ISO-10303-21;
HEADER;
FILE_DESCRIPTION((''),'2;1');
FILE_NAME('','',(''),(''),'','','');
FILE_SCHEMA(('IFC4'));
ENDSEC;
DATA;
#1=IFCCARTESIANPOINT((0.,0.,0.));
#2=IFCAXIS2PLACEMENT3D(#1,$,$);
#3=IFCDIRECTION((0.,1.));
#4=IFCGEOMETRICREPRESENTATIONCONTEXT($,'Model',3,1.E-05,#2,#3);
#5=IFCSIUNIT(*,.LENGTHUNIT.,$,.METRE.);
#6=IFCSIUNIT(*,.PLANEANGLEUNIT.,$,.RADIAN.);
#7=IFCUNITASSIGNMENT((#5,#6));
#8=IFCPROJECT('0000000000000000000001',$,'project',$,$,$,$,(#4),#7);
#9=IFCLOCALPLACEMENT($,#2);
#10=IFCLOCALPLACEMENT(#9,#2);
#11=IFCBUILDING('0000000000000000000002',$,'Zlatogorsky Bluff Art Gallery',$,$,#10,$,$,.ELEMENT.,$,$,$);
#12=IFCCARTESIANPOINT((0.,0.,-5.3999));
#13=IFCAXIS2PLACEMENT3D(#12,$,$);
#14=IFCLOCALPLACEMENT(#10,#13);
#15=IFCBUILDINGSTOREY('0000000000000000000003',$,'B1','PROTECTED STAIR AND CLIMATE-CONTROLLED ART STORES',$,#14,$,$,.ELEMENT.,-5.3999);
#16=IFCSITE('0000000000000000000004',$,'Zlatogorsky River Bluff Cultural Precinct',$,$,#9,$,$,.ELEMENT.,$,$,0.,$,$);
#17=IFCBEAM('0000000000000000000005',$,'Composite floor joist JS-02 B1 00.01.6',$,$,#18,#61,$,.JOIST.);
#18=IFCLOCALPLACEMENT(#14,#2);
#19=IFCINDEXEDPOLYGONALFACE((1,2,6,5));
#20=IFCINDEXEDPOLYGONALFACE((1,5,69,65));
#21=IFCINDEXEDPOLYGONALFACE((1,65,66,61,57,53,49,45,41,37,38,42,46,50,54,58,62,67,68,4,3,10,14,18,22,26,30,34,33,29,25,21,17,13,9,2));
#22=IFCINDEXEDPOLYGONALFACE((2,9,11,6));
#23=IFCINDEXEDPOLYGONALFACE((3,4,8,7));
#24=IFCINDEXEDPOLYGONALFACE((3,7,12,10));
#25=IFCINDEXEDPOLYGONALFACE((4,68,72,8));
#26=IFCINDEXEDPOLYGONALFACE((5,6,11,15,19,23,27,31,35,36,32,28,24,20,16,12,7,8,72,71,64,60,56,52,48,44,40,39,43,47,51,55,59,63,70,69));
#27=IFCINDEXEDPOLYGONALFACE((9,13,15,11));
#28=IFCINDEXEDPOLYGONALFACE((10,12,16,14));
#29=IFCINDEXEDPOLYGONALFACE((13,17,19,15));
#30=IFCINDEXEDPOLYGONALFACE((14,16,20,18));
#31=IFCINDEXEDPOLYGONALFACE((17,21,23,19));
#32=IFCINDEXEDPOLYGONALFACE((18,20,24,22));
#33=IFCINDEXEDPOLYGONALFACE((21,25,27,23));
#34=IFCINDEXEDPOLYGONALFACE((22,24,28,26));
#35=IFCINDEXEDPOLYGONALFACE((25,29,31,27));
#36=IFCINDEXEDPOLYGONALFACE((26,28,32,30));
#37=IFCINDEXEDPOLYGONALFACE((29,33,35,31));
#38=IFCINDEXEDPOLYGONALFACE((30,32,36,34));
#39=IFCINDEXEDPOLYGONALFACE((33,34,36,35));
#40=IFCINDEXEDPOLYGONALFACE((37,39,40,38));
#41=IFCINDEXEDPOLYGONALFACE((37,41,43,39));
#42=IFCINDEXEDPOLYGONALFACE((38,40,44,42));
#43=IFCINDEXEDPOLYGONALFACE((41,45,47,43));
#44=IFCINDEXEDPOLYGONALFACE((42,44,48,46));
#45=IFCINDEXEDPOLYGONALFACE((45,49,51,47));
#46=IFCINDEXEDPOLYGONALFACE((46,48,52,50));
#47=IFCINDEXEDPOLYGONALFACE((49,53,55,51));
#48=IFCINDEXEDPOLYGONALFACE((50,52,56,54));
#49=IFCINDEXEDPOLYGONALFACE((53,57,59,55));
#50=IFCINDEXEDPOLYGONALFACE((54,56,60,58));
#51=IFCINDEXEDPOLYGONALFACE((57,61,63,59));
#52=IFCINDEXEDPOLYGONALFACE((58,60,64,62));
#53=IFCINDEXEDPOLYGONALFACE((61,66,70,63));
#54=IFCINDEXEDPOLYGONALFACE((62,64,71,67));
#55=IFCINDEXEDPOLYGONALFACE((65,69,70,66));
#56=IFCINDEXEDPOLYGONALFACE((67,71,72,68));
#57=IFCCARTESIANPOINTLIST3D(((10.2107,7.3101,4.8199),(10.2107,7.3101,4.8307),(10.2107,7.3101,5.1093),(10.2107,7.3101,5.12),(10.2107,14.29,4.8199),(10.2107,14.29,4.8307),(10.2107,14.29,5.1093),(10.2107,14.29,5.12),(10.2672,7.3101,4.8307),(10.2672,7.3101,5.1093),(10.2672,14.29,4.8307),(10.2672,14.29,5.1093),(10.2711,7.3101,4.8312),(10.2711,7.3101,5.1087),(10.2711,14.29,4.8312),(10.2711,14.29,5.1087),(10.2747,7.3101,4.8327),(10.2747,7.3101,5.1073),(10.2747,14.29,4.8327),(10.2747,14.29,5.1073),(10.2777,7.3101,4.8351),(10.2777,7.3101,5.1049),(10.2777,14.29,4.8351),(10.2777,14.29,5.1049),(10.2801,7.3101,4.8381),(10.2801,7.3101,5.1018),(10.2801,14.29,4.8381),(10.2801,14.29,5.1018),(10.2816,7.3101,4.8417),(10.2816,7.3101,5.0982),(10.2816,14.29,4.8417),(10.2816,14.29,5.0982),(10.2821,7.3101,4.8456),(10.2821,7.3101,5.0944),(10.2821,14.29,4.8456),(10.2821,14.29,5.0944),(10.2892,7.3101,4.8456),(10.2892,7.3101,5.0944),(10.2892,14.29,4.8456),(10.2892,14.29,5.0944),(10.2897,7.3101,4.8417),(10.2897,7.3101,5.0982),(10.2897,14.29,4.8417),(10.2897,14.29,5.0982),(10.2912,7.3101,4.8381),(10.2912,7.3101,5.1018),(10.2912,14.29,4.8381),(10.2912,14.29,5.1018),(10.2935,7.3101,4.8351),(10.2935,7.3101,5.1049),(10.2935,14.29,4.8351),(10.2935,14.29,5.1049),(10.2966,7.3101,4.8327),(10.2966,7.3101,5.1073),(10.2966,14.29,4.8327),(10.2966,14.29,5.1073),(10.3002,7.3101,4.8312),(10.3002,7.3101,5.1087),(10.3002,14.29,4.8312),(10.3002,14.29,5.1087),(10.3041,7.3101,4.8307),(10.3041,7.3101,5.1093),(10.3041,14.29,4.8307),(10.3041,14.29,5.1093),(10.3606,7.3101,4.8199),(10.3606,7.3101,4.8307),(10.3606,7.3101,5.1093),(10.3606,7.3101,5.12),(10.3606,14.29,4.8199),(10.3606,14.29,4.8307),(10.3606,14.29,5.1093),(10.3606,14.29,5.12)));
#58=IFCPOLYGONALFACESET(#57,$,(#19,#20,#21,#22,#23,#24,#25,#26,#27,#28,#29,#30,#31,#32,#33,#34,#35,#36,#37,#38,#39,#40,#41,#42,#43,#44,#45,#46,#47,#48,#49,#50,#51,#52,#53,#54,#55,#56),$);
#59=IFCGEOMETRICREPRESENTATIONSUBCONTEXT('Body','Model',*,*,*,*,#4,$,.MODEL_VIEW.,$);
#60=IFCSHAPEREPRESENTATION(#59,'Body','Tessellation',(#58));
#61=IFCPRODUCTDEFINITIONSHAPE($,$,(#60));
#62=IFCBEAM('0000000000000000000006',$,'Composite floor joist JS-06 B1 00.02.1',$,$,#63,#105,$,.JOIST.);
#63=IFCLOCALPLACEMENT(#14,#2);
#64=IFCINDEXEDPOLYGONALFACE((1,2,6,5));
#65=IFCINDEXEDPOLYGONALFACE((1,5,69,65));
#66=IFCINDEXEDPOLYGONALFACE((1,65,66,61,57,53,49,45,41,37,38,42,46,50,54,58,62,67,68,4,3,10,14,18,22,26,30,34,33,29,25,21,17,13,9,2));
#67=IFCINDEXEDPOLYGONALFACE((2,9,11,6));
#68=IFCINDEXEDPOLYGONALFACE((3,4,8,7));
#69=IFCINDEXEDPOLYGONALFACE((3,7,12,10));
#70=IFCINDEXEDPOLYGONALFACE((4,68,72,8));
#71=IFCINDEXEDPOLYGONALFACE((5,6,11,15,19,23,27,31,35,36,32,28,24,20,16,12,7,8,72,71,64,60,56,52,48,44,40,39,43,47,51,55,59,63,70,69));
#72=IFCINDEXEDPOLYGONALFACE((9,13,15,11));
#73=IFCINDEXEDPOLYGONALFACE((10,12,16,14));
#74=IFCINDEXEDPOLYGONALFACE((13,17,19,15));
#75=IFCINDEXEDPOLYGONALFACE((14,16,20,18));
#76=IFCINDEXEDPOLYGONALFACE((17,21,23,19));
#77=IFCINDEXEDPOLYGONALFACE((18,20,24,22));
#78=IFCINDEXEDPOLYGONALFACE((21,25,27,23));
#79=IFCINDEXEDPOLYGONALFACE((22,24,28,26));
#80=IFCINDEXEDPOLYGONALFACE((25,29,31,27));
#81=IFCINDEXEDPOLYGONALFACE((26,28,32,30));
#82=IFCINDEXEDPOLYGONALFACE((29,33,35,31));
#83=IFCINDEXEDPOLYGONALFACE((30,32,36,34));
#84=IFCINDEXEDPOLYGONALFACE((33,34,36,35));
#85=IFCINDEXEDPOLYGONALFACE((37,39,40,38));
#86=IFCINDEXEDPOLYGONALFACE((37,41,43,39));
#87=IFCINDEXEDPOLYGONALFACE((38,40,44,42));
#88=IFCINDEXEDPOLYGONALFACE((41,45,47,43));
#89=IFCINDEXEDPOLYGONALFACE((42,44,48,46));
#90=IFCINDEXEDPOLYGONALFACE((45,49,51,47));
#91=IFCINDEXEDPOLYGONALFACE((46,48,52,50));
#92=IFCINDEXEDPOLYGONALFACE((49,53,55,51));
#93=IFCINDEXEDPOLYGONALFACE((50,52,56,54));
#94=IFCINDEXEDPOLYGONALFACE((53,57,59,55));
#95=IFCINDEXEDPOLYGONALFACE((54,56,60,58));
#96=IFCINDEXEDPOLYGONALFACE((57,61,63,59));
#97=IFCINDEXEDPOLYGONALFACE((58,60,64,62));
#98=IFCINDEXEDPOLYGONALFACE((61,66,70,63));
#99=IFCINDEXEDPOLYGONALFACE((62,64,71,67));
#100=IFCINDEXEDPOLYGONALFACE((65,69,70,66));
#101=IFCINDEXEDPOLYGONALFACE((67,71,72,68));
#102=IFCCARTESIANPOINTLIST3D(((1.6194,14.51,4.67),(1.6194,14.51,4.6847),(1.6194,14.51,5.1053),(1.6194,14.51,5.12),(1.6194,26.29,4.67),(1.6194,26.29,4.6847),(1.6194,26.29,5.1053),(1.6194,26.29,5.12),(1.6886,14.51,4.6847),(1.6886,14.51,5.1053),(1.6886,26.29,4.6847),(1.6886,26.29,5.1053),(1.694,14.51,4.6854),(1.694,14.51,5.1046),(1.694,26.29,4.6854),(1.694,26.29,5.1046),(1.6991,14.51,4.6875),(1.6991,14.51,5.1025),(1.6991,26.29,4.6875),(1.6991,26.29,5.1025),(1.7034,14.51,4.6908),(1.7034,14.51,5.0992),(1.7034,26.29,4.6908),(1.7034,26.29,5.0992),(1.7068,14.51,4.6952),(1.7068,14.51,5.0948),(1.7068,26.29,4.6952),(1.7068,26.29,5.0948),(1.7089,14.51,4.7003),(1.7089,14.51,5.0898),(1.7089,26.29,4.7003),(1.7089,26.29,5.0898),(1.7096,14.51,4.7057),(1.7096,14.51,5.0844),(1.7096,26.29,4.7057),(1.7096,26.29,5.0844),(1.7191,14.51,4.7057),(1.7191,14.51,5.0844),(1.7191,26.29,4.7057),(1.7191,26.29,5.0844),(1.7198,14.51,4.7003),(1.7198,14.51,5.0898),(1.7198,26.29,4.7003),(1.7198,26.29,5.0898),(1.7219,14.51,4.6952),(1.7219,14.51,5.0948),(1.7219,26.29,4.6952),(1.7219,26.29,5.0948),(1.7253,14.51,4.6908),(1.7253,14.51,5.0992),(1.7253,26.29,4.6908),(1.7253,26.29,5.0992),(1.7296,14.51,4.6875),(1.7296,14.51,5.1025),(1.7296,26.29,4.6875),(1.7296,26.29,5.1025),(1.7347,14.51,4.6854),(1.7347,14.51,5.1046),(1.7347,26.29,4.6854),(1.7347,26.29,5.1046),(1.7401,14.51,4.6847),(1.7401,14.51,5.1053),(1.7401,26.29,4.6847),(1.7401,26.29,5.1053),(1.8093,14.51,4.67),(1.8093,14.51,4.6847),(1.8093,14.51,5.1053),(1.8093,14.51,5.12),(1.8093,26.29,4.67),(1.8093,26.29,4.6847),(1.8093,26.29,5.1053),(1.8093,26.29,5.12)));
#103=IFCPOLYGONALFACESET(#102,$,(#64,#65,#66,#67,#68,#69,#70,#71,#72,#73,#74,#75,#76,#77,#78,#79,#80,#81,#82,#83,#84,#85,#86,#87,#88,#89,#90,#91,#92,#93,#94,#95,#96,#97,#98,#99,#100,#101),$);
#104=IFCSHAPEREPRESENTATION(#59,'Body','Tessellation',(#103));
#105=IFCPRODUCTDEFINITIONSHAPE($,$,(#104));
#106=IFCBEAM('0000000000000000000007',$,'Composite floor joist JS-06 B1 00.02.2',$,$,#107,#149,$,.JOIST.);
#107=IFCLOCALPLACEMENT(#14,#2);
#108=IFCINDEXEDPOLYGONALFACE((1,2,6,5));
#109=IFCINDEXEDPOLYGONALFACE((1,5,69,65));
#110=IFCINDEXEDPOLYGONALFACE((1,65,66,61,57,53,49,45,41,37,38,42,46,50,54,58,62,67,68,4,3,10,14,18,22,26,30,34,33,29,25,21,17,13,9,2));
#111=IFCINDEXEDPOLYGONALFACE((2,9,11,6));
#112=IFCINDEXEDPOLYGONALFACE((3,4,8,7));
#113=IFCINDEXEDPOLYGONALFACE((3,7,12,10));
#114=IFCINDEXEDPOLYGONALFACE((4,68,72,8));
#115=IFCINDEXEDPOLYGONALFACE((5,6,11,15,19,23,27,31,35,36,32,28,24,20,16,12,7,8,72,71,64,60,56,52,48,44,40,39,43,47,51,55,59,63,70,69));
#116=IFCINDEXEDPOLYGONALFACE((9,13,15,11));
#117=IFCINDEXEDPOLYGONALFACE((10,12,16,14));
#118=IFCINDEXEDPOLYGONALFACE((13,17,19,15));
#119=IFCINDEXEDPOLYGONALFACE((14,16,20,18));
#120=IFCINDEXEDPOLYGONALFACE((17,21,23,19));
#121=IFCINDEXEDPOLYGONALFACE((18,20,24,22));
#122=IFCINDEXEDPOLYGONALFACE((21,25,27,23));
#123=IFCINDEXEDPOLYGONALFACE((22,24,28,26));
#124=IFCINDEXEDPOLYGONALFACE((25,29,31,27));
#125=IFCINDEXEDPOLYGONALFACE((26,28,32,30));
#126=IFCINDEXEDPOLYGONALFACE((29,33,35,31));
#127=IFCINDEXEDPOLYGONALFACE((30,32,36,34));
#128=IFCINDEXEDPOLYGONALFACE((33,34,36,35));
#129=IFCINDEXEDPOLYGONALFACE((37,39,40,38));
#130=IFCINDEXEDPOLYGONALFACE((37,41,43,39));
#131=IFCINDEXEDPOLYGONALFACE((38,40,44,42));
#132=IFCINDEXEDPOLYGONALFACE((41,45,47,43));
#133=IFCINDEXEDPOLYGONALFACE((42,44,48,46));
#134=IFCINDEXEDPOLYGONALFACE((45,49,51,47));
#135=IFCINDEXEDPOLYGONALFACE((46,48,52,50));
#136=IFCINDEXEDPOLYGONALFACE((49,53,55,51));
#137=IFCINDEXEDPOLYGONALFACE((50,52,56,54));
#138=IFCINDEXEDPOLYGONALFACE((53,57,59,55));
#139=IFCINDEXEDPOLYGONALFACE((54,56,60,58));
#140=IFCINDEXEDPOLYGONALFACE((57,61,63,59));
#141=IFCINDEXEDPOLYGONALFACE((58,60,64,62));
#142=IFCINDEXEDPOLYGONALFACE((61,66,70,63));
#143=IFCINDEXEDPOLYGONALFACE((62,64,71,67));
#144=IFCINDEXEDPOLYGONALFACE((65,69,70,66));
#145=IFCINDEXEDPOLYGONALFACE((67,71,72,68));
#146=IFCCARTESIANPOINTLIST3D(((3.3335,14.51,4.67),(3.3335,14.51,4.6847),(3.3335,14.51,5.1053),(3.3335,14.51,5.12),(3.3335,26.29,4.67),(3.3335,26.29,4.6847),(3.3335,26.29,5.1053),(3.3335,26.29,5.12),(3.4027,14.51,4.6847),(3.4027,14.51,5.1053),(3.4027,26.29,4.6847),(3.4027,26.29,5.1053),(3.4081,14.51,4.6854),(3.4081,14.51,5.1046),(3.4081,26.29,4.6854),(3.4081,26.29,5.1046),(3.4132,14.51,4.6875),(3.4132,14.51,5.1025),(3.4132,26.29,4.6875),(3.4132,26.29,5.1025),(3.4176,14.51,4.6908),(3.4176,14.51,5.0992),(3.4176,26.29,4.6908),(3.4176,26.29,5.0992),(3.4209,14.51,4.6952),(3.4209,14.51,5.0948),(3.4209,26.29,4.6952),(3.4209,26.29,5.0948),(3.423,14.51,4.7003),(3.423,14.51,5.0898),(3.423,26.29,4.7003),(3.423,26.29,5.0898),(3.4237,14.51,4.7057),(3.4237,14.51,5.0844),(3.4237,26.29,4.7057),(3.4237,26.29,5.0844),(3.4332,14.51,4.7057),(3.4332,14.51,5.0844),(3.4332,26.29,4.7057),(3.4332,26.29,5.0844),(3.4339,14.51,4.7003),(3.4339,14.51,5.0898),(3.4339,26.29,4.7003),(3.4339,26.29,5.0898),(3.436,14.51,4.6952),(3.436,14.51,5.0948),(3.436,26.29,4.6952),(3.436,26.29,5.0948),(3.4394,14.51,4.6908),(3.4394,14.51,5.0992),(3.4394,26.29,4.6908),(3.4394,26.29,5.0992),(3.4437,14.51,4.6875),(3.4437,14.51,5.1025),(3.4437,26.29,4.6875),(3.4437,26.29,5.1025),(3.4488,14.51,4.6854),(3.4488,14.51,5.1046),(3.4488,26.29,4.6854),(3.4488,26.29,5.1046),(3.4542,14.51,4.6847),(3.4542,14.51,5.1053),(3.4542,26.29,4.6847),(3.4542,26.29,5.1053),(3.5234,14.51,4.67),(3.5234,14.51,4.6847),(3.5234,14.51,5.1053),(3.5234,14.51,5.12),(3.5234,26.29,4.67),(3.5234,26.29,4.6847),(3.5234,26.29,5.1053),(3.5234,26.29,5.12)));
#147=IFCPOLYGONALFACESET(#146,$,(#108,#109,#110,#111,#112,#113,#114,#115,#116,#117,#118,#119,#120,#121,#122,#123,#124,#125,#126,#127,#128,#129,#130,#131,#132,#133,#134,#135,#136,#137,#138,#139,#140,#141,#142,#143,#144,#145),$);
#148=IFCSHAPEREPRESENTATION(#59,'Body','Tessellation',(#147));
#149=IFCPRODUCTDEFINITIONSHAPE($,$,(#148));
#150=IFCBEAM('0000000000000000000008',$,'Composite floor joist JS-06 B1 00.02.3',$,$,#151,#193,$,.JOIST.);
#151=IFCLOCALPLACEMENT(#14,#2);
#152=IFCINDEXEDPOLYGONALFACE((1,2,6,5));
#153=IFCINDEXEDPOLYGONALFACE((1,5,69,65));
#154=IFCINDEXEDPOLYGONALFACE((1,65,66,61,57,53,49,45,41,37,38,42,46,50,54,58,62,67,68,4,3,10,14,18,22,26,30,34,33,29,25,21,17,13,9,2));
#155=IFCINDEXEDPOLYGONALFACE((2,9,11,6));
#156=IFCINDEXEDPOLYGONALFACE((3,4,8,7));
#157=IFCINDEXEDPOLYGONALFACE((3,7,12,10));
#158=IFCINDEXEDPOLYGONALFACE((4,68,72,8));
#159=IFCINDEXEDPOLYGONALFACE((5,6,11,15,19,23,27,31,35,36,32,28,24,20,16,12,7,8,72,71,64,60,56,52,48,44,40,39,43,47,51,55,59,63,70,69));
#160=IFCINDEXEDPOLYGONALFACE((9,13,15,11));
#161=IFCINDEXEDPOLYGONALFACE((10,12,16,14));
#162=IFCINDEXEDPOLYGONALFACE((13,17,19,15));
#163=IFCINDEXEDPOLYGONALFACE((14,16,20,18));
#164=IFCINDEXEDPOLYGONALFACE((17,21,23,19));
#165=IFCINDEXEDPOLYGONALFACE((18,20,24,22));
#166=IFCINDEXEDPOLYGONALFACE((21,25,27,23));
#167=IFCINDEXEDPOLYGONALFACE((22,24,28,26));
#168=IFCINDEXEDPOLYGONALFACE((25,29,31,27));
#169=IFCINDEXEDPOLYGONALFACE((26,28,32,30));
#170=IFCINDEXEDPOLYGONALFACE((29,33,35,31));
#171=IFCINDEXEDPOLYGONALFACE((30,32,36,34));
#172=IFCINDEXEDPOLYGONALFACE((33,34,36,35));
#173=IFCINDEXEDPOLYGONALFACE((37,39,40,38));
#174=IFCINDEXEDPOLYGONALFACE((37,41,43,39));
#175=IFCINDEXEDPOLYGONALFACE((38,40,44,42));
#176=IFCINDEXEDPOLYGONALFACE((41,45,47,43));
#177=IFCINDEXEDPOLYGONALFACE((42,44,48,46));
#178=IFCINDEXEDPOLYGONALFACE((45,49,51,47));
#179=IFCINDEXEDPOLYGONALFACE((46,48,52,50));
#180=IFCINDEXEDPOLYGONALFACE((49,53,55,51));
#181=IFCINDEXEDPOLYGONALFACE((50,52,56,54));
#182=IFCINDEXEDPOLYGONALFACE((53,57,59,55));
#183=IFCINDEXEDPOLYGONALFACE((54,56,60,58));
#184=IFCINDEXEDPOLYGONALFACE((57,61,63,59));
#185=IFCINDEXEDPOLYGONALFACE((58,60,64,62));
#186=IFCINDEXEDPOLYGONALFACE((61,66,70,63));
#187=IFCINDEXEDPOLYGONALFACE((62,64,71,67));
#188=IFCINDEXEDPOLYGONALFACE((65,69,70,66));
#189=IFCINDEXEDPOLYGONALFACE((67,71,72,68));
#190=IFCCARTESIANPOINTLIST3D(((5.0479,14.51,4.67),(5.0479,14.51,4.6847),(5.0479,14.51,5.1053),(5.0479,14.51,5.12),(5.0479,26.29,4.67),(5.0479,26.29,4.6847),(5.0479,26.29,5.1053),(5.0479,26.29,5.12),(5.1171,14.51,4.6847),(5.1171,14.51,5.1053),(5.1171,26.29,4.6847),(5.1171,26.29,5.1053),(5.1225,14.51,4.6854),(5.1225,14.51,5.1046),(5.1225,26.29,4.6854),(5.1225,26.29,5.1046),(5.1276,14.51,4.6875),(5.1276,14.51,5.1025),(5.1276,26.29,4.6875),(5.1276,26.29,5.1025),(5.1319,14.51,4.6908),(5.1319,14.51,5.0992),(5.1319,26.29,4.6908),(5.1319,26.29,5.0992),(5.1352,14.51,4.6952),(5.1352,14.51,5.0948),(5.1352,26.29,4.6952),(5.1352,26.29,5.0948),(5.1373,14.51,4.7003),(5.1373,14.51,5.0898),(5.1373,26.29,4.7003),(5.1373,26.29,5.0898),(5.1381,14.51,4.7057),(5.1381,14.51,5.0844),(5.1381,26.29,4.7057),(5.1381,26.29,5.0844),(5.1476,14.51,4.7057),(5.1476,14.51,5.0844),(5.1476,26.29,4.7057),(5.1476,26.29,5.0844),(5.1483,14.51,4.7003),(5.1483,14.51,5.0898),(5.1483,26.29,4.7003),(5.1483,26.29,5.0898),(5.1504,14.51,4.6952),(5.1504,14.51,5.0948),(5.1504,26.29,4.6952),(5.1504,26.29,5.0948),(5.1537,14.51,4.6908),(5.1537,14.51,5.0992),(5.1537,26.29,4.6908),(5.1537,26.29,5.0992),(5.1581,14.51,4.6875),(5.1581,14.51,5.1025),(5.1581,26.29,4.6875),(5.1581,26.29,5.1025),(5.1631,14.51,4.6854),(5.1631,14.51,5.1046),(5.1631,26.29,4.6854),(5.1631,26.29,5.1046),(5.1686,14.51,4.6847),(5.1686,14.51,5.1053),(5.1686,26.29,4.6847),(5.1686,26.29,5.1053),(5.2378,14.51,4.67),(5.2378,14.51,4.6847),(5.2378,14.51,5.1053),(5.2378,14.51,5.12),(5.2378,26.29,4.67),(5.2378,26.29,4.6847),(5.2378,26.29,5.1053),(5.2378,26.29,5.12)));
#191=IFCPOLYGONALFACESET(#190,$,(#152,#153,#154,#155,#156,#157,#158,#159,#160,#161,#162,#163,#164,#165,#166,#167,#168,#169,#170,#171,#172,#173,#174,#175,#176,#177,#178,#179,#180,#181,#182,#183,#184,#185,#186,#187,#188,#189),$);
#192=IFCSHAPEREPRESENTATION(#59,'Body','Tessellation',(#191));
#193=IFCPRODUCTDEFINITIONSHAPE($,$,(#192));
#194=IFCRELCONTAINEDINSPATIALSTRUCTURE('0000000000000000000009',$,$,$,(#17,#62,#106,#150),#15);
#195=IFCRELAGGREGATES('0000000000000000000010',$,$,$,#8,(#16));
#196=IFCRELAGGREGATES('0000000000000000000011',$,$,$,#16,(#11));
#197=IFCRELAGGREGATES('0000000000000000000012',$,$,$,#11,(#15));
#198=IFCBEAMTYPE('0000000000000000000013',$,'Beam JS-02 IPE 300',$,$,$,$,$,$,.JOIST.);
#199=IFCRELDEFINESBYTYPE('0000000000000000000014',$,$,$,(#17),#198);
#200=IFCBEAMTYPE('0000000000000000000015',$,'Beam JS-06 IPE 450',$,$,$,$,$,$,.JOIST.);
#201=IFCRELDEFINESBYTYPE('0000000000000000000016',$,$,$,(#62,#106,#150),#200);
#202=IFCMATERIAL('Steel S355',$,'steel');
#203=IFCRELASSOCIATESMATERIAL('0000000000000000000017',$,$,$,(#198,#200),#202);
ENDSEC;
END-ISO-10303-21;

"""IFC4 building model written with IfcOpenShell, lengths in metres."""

from ifc_helpers import new_model, si_unit, direction, frame, origin, origin_2d, place, context, subcontext, project, spatial, i_section, extrude, material, material_profile, profile_set, type_object, element, save


model = new_model("IFC4")

# Units and contexts
model_context = context("Model", 3, precision=1e-05, world=origin(), true_north=direction((0.0, 1.0)))
body_context = subcontext(model_context, "Body", "Model", "MODEL_VIEW")
ifc_project = project(units=[si_unit("LENGTHUNIT", "METRE"), si_unit("PLANEANGLEUNIT", "RADIAN")], contexts=[model_context])

# Site, building, storey
site_placement = place(None, origin())
site = spatial("IfcSite", under=ifc_project, at=site_placement, Name="Zlatogorsky River Bluff Cultural Precinct", CompositionType="ELEMENT", RefElevation=0.0)
building_placement = place(site_placement, origin())
building = spatial("IfcBuilding", under=site, at=building_placement, Name="Zlatogorsky Bluff Art Gallery", CompositionType="ELEMENT")
storey_placement = place(building_placement, frame((0.0, 0.0, -5.3999)))
storey = spatial("IfcBuildingStorey", under=building, at=storey_placement, Name="B1", Description="PROTECTED STAIR AND CLIMATE-CONTROLLED ART STORES", CompositionType="ELEMENT", Elevation=-5.3999)

# Beams
ifc_material_1 = material(Name="Steel S355", Category="steel")
ifc_material_profile_1 = material_profile(ifc_material_1, i_section(OverallWidth=0.1499, OverallDepth=0.3, WebThickness=0.0071, FlangeThickness=0.0107, FilletRadius=0.0149, at=origin_2d()), Name="IPE 300")
ifc_profile_set_1 = profile_set([ifc_material_profile_1], Name="Steel S355")
beam_type_1 = type_object("IfcBeamType", Name="Beam JS-02 IPE 300", PredefinedType="JOIST", material=ifc_profile_set_1)
for number, where, z_axis, x_axis, name in (
    (1, (10.2856, 7.3101, 4.97), (0.0, 1.0, 0.0), (-1.0, 0.0, 0.0), "Composite floor joist JS-02 B1 00.01.6"),
):
    element("IfcBeam", number, at=place(storey_placement, frame(where, z_axis=z_axis, x_axis=x_axis)), inside=storey, type_object=beam_type_1, Name=name, PredefinedType="JOIST", context=body_context, shape_type="SweptSolid", body=[
        extrude(i_section(OverallWidth=0.1499, OverallDepth=0.3, WebThickness=0.0071, FlangeThickness=0.0107, FilletRadius=0.0149, at=origin_2d()), origin(), (0.0, 0.0, 1.0), 6.98),
    ])
ifc_material_profile_2 = material_profile(ifc_material_1, i_section(OverallWidth=0.1899, OverallDepth=0.45, WebThickness=0.0095, FlangeThickness=0.0146, FilletRadius=0.021, at=origin_2d()), Name="IPE 450")
ifc_profile_set_2 = profile_set([ifc_material_profile_2], Name="Steel S355")
beam_type_2 = type_object("IfcBeamType", Name="Beam JS-06 IPE 450", PredefinedType="JOIST", material=ifc_profile_set_2)
for number, where, z_axis, x_axis, name in (
    (2, (1.7144, 14.51, 4.895), (0.0, 1.0, 0.0), (-1.0, 0.0, 0.0), "Composite floor joist JS-06 B1 00.02.1"),
    (3, (3.4285, 14.51, 4.895), (0.0, 1.0, 0.0), (-1.0, 0.0, 0.0), "Composite floor joist JS-06 B1 00.02.2"),
    (4, (5.1428, 14.51, 4.895), (0.0, 1.0, 0.0), (-1.0, 0.0, 0.0), "Composite floor joist JS-06 B1 00.02.3"),
):
    element("IfcBeam", number, at=place(storey_placement, frame(where, z_axis=z_axis, x_axis=x_axis)), inside=storey, type_object=beam_type_2, Name=name, PredefinedType="JOIST", context=body_context, shape_type="SweptSolid", body=[
        extrude(i_section(OverallWidth=0.1899, OverallDepth=0.45, WebThickness=0.0095, FlangeThickness=0.0146, FilletRadius=0.021, at=origin_2d()), origin(), (0.0, 0.0, 1.0), 11.78),
    ])

save(model, "model.ifc")
